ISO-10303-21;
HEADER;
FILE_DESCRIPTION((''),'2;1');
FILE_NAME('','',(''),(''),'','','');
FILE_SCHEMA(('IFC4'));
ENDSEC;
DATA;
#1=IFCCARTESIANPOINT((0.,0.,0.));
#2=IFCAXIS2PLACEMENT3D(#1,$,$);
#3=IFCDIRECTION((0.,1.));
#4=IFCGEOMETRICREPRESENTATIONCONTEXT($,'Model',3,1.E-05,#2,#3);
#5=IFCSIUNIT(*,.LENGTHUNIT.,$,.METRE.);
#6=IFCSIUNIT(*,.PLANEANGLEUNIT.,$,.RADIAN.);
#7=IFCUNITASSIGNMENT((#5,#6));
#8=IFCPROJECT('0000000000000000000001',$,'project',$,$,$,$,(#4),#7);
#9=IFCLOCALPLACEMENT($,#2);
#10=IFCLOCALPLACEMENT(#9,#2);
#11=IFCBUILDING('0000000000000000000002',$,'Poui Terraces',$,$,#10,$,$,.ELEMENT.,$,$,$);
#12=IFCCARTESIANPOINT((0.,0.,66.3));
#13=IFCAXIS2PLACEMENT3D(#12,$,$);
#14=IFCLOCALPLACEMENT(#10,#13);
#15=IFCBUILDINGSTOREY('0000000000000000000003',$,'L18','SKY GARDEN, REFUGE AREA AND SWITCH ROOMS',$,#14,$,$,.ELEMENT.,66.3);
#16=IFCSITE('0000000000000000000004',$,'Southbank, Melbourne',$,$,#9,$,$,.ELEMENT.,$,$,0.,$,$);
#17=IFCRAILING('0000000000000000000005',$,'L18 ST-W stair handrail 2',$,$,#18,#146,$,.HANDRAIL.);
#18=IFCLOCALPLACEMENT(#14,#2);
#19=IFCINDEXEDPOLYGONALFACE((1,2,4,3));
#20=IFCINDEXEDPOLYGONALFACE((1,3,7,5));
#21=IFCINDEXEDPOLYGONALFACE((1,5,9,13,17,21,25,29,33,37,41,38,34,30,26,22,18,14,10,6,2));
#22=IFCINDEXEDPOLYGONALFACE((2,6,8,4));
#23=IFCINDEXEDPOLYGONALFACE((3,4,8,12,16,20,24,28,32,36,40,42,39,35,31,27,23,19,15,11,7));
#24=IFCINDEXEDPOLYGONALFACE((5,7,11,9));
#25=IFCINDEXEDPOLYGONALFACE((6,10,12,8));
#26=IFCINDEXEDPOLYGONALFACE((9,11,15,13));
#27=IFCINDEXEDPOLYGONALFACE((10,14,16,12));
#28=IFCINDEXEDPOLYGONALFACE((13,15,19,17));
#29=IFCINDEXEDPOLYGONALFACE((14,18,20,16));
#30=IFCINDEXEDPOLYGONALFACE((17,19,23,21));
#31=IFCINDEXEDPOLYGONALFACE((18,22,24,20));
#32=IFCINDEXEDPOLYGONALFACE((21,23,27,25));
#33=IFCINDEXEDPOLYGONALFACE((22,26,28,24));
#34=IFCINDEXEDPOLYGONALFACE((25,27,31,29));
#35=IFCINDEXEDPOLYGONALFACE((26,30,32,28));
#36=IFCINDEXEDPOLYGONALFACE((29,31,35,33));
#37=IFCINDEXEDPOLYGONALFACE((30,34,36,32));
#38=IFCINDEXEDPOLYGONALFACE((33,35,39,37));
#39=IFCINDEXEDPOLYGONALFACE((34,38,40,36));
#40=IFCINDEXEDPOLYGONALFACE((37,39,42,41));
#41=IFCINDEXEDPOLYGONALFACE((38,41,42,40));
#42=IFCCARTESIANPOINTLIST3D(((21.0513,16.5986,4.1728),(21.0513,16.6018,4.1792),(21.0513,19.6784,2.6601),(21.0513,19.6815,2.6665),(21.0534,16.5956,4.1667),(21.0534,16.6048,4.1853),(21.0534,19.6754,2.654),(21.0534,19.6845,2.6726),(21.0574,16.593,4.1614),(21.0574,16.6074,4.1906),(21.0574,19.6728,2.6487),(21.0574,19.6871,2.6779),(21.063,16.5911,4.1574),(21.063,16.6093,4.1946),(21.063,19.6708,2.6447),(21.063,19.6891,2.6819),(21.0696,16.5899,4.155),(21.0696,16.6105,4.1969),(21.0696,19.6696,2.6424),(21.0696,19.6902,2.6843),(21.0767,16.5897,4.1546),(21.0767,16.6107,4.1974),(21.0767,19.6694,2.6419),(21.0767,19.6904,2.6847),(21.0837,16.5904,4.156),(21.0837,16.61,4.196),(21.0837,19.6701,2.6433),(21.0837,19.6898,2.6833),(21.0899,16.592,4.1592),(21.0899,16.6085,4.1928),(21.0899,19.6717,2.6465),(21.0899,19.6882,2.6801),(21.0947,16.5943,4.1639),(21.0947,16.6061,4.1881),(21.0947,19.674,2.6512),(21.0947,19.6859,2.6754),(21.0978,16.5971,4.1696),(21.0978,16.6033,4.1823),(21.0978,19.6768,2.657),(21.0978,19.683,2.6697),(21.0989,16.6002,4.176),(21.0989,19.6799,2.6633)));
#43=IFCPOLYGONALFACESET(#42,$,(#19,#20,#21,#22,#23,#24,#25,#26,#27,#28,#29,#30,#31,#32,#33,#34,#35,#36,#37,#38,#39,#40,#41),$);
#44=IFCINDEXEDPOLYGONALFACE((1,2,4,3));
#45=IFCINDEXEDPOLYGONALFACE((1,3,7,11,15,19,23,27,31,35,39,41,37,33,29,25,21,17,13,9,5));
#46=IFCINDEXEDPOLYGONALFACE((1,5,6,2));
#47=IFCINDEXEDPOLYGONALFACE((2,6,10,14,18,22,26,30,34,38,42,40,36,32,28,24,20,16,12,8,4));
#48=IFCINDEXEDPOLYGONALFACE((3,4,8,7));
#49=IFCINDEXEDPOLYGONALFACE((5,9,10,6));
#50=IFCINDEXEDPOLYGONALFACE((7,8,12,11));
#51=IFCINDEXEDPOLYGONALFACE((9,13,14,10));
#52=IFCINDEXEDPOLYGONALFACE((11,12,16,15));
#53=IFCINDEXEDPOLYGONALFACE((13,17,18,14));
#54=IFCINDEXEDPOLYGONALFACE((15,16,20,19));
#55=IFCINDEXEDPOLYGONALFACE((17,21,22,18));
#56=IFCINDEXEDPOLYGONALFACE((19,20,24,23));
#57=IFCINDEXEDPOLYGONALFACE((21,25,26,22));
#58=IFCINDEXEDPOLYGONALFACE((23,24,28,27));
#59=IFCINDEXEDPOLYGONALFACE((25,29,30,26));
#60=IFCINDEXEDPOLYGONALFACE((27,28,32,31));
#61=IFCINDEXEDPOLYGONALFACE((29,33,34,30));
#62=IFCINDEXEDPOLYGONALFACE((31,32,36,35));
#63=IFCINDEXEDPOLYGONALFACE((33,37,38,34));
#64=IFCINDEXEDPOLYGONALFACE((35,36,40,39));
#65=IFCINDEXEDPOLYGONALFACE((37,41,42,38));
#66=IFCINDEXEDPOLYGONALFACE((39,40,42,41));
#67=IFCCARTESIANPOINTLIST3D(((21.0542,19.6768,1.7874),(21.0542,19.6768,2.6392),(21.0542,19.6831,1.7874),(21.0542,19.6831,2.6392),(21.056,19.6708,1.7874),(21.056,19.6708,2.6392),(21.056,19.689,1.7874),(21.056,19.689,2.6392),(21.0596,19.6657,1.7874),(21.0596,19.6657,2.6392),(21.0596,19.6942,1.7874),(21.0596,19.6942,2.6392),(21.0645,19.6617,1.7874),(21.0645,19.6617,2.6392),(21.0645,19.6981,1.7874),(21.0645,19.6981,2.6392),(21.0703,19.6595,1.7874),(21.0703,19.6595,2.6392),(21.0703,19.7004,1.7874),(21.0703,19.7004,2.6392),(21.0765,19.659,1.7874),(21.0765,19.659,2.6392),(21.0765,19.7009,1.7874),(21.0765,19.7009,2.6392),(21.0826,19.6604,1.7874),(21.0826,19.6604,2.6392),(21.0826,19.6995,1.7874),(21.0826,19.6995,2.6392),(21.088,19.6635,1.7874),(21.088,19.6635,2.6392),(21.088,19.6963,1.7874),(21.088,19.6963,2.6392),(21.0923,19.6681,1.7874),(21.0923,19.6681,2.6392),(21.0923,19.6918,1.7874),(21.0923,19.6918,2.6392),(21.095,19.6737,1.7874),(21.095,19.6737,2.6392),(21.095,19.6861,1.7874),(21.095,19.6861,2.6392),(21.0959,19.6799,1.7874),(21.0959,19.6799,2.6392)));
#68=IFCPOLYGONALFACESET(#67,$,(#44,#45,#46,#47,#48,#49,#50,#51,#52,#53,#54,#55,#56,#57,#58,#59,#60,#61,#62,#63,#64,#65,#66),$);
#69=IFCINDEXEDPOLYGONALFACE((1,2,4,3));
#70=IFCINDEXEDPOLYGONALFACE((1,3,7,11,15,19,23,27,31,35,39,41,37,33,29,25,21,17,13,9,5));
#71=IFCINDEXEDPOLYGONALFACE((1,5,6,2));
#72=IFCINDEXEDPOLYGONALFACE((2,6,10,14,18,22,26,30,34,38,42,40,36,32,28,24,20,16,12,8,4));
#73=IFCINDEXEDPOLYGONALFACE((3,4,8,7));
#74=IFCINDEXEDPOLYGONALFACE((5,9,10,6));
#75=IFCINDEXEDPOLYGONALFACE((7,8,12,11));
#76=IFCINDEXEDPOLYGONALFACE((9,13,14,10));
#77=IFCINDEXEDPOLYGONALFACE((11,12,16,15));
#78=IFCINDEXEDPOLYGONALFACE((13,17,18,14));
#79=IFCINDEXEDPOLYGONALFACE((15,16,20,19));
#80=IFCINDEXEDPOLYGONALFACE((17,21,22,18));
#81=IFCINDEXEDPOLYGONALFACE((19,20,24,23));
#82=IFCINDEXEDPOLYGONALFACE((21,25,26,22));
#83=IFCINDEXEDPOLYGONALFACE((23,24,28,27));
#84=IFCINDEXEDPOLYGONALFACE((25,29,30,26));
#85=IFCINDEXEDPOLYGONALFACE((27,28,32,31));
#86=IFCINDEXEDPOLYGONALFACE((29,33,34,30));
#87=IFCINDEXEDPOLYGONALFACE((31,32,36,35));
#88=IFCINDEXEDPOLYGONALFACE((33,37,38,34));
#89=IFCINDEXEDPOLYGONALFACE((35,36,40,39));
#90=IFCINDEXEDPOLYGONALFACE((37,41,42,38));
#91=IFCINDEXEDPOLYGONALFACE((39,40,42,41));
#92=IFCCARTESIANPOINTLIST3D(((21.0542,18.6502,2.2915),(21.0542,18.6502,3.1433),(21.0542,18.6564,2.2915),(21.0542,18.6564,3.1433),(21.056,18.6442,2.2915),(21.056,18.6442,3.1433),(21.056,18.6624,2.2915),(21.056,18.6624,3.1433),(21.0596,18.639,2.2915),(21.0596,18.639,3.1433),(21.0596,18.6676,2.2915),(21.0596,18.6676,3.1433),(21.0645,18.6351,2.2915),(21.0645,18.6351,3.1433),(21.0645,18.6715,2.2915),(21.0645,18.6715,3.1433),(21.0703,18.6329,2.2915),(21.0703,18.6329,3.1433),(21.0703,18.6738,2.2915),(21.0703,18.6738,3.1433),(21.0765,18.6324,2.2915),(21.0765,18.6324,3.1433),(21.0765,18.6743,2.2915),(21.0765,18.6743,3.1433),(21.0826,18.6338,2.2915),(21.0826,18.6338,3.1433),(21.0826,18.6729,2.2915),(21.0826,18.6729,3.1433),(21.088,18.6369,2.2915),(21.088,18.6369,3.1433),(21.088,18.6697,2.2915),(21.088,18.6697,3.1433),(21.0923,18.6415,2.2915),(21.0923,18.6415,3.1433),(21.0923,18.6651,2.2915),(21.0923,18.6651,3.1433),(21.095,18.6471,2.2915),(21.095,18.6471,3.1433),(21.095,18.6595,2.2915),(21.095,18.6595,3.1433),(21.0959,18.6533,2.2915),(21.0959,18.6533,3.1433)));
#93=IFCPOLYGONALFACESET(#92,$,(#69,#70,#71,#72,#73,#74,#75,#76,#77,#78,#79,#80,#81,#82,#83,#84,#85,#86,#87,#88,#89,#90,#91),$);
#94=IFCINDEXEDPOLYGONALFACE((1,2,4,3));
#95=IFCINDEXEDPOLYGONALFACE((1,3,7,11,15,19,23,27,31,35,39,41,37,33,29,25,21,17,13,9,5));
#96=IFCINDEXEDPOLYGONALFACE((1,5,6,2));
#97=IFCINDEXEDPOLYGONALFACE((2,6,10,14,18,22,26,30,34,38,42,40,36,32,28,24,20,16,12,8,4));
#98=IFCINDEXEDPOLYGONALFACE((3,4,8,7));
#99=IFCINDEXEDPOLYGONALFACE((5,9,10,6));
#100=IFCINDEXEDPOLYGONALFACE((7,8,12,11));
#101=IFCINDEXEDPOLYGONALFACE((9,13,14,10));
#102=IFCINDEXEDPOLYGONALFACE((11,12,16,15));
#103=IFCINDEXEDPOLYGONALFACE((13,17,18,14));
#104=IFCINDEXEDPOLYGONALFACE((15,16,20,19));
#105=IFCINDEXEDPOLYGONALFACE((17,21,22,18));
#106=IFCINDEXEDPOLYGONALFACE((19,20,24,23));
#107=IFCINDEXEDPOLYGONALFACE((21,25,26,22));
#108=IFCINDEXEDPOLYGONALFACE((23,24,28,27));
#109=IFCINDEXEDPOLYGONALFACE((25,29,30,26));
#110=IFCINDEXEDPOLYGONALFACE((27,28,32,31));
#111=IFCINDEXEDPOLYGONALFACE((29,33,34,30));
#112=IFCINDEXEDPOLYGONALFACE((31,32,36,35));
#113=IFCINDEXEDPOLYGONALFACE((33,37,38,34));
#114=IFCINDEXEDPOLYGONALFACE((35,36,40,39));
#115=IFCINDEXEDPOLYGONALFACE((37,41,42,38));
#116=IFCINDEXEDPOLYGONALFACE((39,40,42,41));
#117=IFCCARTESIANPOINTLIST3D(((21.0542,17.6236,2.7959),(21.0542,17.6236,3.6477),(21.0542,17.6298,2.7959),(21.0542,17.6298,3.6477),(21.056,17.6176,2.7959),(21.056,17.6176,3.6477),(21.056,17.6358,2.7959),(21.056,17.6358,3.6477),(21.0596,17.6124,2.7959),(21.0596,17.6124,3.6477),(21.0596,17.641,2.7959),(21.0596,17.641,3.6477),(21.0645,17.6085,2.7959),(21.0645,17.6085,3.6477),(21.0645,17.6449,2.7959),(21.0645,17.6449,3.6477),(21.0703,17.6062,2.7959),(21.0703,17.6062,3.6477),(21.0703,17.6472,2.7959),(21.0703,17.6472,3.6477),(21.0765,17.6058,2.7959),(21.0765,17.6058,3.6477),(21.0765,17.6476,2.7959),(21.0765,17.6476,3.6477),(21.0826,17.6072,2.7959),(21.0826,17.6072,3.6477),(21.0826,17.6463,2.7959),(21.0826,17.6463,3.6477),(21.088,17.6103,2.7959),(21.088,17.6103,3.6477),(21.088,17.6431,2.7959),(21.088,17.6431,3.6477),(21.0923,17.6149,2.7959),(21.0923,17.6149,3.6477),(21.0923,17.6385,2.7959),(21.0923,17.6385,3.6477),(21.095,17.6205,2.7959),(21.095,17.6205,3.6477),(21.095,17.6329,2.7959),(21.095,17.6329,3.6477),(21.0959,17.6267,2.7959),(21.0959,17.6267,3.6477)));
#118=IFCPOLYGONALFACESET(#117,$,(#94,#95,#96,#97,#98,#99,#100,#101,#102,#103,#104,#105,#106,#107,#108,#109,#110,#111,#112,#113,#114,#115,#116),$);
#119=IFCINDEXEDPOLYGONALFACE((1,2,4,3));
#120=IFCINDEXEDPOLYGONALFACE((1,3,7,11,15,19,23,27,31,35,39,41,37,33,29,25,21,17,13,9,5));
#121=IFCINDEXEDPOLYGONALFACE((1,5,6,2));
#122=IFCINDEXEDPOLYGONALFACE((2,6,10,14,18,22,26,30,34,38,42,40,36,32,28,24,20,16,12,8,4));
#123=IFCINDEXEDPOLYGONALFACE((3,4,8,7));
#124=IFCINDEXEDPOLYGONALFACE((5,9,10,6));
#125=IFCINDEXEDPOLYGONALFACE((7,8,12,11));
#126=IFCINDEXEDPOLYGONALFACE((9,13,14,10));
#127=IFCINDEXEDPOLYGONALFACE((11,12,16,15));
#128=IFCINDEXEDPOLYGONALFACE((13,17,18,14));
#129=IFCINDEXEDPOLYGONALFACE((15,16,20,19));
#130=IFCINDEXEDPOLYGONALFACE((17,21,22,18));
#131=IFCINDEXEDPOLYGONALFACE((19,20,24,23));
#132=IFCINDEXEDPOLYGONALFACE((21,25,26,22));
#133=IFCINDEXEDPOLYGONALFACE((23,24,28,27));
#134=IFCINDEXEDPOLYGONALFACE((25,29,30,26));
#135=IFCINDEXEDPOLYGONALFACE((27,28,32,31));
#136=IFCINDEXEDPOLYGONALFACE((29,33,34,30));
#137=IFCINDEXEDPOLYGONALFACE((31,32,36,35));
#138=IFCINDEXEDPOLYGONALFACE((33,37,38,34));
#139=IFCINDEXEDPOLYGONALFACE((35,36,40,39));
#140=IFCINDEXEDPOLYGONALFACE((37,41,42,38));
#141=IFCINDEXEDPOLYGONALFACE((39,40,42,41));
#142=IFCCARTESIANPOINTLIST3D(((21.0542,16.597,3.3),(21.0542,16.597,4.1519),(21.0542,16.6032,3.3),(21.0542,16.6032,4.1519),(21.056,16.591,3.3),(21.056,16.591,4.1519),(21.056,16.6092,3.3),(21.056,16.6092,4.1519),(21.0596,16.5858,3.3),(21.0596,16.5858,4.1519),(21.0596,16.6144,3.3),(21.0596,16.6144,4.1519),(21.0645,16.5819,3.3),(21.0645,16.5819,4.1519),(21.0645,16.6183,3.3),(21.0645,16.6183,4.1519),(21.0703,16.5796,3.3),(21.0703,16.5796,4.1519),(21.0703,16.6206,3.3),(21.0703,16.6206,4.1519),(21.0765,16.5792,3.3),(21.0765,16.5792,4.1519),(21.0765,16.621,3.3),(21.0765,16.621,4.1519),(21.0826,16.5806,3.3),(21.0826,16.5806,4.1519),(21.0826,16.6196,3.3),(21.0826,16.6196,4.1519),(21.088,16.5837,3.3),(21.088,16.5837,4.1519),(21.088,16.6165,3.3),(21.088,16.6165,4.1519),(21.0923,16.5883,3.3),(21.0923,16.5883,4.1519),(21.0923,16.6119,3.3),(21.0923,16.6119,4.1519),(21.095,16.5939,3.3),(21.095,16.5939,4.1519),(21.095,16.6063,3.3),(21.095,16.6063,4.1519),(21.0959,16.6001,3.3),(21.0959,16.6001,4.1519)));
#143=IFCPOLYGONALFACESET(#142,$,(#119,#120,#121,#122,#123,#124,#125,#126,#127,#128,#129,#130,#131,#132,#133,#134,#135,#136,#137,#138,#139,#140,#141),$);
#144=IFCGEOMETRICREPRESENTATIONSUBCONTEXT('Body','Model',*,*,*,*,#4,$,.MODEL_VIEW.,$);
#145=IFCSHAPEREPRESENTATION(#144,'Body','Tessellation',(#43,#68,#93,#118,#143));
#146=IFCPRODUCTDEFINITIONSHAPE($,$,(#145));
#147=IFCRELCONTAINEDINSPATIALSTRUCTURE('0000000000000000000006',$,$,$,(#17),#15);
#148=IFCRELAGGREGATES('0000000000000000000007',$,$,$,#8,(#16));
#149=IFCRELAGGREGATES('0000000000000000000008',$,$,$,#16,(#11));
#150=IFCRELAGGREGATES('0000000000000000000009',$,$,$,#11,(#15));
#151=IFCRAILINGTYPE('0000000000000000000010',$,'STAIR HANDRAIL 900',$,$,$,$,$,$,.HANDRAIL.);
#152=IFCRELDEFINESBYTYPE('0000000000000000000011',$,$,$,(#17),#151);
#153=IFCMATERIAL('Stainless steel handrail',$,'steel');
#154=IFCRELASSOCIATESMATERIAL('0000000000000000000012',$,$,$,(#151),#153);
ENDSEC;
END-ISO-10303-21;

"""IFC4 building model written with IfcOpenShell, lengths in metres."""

from ifc_helpers import new_model, si_unit, direction, frame, origin, origin_2d, place, context, subcontext, project, spatial, circle, extrude, material, type_object, element, save


model = new_model("IFC4")

# Units and contexts
model_context = context("Model", 3, precision=1e-05, world=origin(), true_north=direction((0.0, 1.0)))
body_context = subcontext(model_context, "Body", "Model", "MODEL_VIEW")
ifc_project = project(units=[si_unit("LENGTHUNIT", "METRE"), si_unit("PLANEANGLEUNIT", "RADIAN")], contexts=[model_context])

# Site, building, storey
site_placement = place(None, origin())
site = spatial("IfcSite", under=ifc_project, at=site_placement, Name="Southbank, Melbourne", CompositionType="ELEMENT", RefElevation=0.0)
building_placement = place(site_placement, origin())
building = spatial("IfcBuilding", under=site, at=building_placement, Name="Poui Terraces", CompositionType="ELEMENT")
storey_placement = place(building_placement, frame((0.0, 0.0, 66.3)))
storey = spatial("IfcBuildingStorey", under=building, at=storey_placement, Name="L18", Description="SKY GARDEN, REFUGE AREA AND SWITCH ROOMS", CompositionType="ELEMENT", Elevation=66.3)

# Railing
ifc_material_1 = material(Name="Stainless steel handrail", Category="steel")
railing_type = type_object("IfcRailingType", Name="STAIR HANDRAIL 900", PredefinedType="HANDRAIL", material=ifc_material_1)
railing_1_placement = place(storey_placement, frame((21.075, 19.6799, 1.7874)))
element("IfcRailing", 1, at=railing_1_placement, inside=storey, type_object=railing_type, Name="L18 ST-W stair handrail 2", PredefinedType="HANDRAIL", context=body_context, shape_type="SweptSolid", body=[
    extrude(circle(Radius=0.0239, at=origin_2d()), frame((0.0, 0.0, 0.876), z_axis=(0.0, -0.897578, 0.440856), x_axis=(1.0, 0.0, 0.0)), (0.0, 0.0, 1.0), 3.4312),
    extrude(circle(Radius=0.021, at=origin_2d()), origin(), (0.0, 0.0, 1.0), 0.8518),
    extrude(circle(Radius=0.021, at=origin_2d()), frame((0.0, -1.0266, 0.5042)), (0.0, 0.0, 1.0), 0.8518),
    extrude(circle(Radius=0.021, at=origin_2d()), frame((0.0, -2.0532, 1.0085)), (0.0, 0.0, 1.0), 0.8518),
    extrude(circle(Radius=0.021, at=origin_2d()), frame((0.0, -3.0798, 1.5127)), (0.0, 0.0, 1.0), 0.8518),
])

save(model, "model.ifc")
